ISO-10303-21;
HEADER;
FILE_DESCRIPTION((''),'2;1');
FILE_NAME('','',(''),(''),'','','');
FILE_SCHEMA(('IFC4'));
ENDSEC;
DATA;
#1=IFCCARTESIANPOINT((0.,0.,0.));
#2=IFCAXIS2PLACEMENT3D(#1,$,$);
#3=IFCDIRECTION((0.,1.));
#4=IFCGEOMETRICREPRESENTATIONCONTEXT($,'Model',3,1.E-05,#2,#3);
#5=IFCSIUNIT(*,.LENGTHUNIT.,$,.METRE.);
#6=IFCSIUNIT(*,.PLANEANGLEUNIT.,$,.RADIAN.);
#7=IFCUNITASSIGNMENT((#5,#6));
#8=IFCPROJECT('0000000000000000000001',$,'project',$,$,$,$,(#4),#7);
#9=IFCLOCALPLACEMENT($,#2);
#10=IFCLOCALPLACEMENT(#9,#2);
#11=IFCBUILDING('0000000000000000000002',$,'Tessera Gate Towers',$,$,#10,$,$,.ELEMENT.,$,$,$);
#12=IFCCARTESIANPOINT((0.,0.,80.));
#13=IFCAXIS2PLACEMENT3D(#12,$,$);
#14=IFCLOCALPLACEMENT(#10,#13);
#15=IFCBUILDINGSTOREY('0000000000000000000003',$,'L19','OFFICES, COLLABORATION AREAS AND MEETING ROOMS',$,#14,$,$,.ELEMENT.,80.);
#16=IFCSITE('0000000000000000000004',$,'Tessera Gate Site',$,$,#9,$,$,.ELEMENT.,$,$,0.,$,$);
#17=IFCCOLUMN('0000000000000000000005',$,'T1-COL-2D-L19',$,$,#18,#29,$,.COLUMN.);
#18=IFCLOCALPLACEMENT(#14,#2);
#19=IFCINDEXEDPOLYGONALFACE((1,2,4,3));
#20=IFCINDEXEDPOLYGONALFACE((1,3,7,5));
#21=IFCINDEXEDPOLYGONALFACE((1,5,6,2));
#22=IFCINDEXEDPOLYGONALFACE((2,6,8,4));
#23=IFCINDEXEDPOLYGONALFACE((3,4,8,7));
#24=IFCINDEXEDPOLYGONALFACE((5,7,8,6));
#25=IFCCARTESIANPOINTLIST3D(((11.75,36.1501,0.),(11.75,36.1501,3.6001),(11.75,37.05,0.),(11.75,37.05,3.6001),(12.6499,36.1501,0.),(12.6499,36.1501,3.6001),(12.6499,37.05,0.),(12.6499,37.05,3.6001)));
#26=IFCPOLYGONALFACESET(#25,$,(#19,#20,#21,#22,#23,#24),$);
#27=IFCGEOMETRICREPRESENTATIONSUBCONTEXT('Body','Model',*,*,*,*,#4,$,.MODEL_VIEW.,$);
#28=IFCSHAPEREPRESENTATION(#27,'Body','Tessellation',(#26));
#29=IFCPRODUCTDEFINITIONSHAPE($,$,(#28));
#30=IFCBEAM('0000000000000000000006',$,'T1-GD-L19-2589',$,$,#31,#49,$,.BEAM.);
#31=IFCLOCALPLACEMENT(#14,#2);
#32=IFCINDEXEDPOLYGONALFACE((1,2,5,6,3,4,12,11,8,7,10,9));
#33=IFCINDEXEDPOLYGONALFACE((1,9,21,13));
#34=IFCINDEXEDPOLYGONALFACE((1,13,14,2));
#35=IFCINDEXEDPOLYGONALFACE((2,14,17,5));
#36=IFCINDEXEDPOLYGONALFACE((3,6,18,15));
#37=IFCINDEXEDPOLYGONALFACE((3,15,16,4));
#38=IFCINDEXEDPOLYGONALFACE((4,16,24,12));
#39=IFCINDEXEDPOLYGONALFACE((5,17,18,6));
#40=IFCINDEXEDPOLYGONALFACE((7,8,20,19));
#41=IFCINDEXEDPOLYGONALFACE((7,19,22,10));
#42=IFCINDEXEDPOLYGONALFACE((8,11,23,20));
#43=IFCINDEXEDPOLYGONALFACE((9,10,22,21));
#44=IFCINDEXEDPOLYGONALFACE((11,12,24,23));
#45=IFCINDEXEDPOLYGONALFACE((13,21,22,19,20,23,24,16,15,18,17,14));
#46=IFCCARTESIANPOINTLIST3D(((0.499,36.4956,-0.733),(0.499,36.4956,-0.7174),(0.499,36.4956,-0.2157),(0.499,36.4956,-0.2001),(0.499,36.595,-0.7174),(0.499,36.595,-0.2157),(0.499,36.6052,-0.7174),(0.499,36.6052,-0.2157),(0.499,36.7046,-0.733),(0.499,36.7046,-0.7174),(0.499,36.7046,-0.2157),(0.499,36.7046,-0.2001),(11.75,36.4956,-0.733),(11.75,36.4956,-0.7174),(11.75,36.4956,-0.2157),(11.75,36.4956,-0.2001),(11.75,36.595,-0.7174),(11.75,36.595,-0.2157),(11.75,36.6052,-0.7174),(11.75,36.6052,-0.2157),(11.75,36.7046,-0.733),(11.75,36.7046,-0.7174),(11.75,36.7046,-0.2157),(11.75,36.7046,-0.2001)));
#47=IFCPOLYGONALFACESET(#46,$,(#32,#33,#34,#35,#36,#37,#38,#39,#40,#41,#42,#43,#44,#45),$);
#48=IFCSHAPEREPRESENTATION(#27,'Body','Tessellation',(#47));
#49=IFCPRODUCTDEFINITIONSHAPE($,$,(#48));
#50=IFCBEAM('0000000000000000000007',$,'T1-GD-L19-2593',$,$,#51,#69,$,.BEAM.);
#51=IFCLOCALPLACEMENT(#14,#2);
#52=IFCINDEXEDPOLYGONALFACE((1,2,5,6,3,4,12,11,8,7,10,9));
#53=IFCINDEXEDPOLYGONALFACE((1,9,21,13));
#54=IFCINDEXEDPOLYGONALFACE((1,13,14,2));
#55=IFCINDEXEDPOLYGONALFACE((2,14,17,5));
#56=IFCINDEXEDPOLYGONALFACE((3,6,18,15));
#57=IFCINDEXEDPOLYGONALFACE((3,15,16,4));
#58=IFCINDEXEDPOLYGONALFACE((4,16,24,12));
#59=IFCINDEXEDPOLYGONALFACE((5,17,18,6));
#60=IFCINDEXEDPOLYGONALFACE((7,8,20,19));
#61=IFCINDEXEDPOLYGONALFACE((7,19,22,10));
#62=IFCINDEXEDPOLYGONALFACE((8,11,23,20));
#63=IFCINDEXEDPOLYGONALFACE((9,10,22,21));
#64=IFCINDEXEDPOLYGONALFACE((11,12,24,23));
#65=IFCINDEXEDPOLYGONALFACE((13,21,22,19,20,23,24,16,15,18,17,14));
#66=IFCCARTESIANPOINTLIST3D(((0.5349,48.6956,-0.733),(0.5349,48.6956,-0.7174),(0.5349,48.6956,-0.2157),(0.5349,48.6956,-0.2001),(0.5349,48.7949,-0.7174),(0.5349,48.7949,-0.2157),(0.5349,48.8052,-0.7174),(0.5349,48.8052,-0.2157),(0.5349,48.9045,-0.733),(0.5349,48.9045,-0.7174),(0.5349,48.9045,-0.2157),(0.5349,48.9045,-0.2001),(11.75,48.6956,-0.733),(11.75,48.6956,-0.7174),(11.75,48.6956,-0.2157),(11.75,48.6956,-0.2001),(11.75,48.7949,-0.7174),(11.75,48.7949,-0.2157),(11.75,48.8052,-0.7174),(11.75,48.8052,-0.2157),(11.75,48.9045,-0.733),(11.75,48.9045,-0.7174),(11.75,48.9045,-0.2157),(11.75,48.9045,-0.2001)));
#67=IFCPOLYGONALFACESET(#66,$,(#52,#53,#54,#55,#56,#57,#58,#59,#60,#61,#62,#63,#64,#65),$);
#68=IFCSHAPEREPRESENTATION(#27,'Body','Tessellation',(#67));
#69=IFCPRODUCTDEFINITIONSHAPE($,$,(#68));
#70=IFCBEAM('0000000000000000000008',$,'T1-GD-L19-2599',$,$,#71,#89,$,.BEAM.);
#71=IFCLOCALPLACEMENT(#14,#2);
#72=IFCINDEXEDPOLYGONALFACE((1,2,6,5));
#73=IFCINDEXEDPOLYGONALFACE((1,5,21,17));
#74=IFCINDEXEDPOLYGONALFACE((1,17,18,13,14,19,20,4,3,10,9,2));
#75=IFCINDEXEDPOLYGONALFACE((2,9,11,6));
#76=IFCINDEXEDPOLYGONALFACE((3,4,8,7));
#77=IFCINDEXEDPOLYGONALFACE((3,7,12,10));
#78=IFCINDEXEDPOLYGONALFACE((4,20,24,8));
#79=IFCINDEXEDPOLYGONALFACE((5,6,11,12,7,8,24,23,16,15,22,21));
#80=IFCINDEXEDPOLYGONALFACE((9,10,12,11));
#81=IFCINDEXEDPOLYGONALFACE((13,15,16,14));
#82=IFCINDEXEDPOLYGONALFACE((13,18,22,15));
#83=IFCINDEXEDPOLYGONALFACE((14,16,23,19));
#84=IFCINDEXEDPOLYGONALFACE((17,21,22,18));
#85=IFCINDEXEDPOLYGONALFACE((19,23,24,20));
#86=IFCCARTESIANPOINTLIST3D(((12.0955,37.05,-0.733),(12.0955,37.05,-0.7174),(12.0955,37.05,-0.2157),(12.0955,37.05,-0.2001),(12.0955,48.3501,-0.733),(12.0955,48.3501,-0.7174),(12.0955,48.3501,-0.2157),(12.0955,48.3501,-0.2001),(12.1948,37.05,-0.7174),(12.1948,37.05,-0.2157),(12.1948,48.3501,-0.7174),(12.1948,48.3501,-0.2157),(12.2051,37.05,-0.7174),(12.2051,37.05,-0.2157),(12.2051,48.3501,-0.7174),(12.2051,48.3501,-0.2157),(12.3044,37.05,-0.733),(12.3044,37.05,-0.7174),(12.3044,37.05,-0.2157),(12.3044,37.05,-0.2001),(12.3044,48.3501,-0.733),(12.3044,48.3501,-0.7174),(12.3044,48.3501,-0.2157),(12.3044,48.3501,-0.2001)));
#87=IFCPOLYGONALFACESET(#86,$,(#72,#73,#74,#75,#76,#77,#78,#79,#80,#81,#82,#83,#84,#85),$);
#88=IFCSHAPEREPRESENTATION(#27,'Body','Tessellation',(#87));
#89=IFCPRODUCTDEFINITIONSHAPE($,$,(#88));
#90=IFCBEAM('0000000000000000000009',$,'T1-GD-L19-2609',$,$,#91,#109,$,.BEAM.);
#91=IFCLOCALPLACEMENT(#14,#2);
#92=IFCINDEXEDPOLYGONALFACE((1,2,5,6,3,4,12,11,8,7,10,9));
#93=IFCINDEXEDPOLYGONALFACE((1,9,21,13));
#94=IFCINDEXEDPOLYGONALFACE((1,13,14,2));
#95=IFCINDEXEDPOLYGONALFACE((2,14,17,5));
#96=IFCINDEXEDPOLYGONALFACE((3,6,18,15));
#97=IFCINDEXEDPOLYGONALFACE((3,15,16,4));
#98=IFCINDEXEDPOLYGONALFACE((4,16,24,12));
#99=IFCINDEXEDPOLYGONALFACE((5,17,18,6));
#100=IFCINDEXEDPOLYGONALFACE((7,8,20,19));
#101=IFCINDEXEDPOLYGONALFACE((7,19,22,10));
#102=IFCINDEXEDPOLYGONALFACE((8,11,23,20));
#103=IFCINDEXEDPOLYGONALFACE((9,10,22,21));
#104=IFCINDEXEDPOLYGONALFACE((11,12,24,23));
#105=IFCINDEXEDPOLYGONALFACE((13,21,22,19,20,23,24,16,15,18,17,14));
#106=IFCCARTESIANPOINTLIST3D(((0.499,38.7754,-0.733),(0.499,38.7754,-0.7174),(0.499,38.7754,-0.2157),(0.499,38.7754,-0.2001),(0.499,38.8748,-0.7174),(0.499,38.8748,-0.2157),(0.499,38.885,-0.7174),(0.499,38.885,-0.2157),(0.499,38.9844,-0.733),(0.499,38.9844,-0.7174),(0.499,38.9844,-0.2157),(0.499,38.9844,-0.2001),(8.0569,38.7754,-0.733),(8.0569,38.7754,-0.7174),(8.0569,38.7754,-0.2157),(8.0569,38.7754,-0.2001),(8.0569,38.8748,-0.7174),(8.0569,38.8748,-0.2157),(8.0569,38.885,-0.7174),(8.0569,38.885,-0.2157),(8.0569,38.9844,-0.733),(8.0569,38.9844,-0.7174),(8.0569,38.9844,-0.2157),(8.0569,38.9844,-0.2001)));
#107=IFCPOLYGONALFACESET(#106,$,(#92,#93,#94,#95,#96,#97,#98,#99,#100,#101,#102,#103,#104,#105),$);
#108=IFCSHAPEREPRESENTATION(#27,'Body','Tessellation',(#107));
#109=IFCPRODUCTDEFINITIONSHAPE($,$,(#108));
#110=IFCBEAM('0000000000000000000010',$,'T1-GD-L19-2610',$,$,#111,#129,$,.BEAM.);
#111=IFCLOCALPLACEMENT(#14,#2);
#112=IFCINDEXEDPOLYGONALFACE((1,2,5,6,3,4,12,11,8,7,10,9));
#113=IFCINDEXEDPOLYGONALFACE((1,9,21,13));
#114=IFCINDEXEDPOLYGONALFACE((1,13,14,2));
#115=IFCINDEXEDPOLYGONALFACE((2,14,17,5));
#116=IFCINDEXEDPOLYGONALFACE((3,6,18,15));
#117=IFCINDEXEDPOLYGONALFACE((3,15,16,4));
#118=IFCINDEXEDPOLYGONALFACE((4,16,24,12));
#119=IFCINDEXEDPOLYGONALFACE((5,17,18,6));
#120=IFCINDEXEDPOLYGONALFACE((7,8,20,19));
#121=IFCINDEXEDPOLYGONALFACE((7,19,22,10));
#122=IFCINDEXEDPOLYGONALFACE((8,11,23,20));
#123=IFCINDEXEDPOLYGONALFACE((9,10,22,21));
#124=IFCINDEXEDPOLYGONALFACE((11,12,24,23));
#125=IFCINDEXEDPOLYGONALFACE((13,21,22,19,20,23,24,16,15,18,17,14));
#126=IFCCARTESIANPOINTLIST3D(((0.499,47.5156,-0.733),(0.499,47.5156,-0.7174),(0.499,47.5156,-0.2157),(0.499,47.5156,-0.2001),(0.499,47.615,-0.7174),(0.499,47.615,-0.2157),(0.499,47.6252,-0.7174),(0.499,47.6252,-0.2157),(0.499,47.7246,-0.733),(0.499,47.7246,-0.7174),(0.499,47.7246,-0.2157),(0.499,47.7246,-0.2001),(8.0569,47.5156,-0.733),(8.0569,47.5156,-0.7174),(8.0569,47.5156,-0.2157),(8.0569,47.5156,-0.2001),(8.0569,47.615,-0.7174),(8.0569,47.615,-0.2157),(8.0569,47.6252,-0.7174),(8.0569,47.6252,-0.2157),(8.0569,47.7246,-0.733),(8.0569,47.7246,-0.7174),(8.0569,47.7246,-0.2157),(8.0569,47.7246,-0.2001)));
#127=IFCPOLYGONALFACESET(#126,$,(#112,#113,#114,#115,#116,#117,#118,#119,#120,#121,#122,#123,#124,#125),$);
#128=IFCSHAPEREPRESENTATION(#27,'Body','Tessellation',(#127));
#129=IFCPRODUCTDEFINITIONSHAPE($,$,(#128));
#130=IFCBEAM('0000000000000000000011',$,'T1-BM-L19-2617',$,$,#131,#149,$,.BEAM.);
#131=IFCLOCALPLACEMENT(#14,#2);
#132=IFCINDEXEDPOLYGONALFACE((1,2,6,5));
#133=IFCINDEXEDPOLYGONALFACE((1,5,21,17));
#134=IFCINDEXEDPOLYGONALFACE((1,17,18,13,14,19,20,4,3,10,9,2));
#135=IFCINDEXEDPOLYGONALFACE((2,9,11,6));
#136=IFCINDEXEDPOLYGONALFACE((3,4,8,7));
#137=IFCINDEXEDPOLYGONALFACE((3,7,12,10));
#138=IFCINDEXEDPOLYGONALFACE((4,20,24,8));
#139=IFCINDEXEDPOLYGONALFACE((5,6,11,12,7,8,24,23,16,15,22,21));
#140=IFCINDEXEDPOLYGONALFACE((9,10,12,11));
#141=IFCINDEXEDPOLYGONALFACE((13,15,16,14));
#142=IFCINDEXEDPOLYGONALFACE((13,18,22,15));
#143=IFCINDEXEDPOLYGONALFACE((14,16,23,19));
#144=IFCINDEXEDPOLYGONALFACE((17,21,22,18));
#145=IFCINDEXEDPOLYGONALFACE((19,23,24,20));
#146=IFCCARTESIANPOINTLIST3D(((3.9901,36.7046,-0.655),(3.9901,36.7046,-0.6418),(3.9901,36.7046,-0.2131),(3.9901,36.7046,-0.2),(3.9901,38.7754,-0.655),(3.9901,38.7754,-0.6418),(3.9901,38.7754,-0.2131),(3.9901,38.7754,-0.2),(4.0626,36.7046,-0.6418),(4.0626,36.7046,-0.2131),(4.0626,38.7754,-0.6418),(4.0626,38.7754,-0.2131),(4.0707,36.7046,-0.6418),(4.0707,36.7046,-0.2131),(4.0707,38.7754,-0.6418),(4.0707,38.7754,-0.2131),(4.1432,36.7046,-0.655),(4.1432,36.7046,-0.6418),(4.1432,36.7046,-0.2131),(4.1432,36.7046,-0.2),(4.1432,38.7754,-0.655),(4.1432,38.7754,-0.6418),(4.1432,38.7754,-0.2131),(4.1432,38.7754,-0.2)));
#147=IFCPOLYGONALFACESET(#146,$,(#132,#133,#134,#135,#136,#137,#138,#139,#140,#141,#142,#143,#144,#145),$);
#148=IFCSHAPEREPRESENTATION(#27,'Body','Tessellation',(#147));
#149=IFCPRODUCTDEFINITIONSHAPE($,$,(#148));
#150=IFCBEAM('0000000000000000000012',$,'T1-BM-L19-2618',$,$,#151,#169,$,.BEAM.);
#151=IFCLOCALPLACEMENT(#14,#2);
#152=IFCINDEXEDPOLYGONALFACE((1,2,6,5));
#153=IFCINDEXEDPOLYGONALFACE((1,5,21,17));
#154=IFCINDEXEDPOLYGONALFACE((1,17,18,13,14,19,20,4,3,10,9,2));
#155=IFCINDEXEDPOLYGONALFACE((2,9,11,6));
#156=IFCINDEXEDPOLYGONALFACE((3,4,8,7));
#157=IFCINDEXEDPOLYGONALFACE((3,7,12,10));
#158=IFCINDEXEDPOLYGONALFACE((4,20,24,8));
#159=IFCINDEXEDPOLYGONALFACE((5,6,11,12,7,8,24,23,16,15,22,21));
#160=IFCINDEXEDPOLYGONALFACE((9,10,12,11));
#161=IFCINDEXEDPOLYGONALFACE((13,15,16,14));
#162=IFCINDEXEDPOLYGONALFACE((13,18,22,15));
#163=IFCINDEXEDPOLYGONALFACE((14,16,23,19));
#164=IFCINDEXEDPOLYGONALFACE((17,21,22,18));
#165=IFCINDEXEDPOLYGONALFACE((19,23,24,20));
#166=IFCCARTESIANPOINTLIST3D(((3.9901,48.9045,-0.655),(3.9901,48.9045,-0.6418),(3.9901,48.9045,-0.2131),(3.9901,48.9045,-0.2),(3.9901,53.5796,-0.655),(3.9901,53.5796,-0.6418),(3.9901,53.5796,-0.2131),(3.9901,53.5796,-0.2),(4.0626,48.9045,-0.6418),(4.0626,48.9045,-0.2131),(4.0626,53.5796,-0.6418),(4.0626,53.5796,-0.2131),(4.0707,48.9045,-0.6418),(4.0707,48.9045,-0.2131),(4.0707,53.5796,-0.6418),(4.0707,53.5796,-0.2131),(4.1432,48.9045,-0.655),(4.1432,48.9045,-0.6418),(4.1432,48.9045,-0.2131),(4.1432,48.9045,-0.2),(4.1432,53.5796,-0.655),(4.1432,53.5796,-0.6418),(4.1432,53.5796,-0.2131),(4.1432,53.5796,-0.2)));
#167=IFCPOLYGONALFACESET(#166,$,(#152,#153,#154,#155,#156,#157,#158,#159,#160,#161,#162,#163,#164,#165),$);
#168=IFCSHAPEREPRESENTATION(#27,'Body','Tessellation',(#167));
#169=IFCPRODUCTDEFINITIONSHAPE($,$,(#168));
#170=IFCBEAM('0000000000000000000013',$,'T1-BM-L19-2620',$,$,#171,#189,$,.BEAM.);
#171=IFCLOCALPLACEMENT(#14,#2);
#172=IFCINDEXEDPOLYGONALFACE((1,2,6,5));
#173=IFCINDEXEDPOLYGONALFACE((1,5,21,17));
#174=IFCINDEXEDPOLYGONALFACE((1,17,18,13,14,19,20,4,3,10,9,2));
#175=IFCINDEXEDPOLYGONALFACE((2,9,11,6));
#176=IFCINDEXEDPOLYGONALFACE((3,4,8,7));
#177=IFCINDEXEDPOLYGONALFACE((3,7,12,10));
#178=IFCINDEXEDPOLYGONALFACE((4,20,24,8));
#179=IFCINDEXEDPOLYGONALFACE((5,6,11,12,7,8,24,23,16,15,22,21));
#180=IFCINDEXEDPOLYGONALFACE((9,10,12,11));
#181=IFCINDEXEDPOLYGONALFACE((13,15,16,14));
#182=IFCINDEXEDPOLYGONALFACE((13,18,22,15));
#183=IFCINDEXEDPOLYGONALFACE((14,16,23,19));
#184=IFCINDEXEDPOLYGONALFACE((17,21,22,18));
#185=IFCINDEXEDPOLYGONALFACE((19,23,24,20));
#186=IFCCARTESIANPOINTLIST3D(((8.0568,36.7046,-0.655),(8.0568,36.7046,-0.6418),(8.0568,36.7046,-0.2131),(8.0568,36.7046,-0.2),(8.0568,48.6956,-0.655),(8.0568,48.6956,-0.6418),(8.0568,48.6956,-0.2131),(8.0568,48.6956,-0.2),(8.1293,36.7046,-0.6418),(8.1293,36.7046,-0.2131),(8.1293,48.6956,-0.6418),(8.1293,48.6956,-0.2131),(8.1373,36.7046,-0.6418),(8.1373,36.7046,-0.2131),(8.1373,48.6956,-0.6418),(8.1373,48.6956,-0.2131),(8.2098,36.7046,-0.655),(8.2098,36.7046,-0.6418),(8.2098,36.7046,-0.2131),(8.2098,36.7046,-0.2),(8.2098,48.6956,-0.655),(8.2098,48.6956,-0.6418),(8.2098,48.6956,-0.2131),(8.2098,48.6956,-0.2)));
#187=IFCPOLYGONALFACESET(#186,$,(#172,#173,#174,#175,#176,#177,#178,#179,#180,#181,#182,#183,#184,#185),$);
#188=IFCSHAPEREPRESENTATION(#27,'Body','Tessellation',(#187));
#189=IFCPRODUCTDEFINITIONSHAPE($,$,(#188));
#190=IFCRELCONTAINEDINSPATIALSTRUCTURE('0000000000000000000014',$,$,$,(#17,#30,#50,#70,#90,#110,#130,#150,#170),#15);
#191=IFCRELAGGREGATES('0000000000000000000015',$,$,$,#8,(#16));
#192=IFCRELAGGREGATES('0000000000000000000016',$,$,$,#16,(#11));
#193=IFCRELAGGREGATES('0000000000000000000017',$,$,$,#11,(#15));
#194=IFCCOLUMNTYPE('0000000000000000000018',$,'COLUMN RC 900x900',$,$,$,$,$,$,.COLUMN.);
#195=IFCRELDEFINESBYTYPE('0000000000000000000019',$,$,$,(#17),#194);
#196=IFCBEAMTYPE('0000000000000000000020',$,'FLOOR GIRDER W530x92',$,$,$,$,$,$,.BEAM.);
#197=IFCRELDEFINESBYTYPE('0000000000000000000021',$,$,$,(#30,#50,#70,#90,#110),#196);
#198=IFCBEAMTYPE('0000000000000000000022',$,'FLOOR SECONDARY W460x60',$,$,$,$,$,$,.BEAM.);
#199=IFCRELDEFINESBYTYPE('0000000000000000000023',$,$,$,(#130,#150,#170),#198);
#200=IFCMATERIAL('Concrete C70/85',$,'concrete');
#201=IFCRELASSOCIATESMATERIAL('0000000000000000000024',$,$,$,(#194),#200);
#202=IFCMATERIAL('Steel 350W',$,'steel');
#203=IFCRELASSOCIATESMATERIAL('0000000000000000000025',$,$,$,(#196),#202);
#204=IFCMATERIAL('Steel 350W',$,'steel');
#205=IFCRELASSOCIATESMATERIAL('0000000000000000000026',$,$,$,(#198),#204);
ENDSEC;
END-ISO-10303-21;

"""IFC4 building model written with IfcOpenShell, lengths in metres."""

from ifc_helpers import new_model, si_unit, direction, frame, origin, origin_2d, place, context, subcontext, project, spatial, rectangle, i_section, extrude, material, material_profile, profile_set, type_object, element, save


model = new_model("IFC4")

# Units and contexts
model_context = context("Model", 3, precision=1e-05, world=origin(), true_north=direction((0.0, 1.0)))
body_context = subcontext(model_context, "Body", "Model", "MODEL_VIEW")
ifc_project = project(units=[si_unit("LENGTHUNIT", "METRE"), si_unit("PLANEANGLEUNIT", "RADIAN")], contexts=[model_context])

# Site, building, storey
site_placement = place(None, origin())
site = spatial("IfcSite", under=ifc_project, at=site_placement, Name="Tessera Gate Site", CompositionType="ELEMENT", RefElevation=0.0)
building_placement = place(site_placement, origin())
building = spatial("IfcBuilding", under=site, at=building_placement, Name="Tessera Gate Towers", CompositionType="ELEMENT")
storey_placement = place(building_placement, frame((0.0, 0.0, 80.0)))
storey = spatial("IfcBuildingStorey", under=building, at=storey_placement, Name="L19", Description="OFFICES, COLLABORATION AREAS AND MEETING ROOMS", CompositionType="ELEMENT", Elevation=80.0)

# Column
ifc_material_1 = material(Name="Concrete C70/85", Category="concrete")
ifc_material_profile_1 = material_profile(ifc_material_1, rectangle(XDim=0.8999, YDim=0.8999, at=origin_2d()), Name="RC 900x900")
ifc_profile_set_1 = profile_set([ifc_material_profile_1], Name="Concrete C70/85")
column_type = type_object("IfcColumnType", Name="COLUMN RC 900x900", PredefinedType="COLUMN", material=ifc_profile_set_1)
column_placement = place(storey_placement, frame((12.2, 36.6001, 0.0), z_axis=(0.0, 0.0, 1.0), x_axis=(1.0, 0.0, 0.0)))
element("IfcColumn", 1, at=column_placement, inside=storey, type_object=column_type, Name="T1-COL-2D-L19", PredefinedType="COLUMN", context=body_context, shape_type="SweptSolid", body=[
    extrude(rectangle(XDim=0.8999, YDim=0.8999, at=origin_2d()), origin(), (0.0, 0.0, 1.0), 3.6001),
])

# Beams
ifc_material_2 = material(Name="Steel 350W", Category="steel")
ifc_material_profile_2 = material_profile(ifc_material_2, i_section(OverallWidth=0.209, OverallDepth=0.533, WebThickness=0.0103, FlangeThickness=0.0156, at=origin_2d()), Name="W530x92")
ifc_profile_set_2 = profile_set([ifc_material_profile_2], Name="Steel 350W")
beam_type_1 = type_object("IfcBeamType", Name="FLOOR GIRDER W530x92", PredefinedType="BEAM", material=ifc_profile_set_2)
beam_1_placement = place(storey_placement, frame((0.499, 36.6001, -0.4666), z_axis=(1.0, 0.0, 0.0), x_axis=(0.0, 1.0, 0.0)))
element("IfcBeam", 2, at=beam_1_placement, inside=storey, type_object=beam_type_1, Name="T1-GD-L19-2589", PredefinedType="BEAM", context=body_context, shape_type="SweptSolid", body=[
    extrude(i_section(OverallWidth=0.209, OverallDepth=0.533, WebThickness=0.0103, FlangeThickness=0.0156, at=origin_2d()), origin(), (0.0, 0.0, 1.0), 11.251),
])
beam_2_placement = place(storey_placement, frame((0.5349, 48.8, -0.4666), z_axis=(1.0, 0.0, 0.0), x_axis=(0.0, 1.0, 0.0)))
element("IfcBeam", 3, at=beam_2_placement, inside=storey, type_object=beam_type_1, Name="T1-GD-L19-2593", PredefinedType="BEAM", context=body_context, shape_type="SweptSolid", body=[
    extrude(i_section(OverallWidth=0.209, OverallDepth=0.533, WebThickness=0.0103, FlangeThickness=0.0156, at=origin_2d()), origin(), (0.0, 0.0, 1.0), 11.2151),
])
beam_3_placement = place(storey_placement, frame((12.2, 37.05, -0.4666), z_axis=(0.0, 1.0, 0.0), x_axis=(-1.0, 0.0, 0.0)))
element("IfcBeam", 4, at=beam_3_placement, inside=storey, type_object=beam_type_1, Name="T1-GD-L19-2599", PredefinedType="BEAM", context=body_context, shape_type="SweptSolid", body=[
    extrude(i_section(OverallWidth=0.209, OverallDepth=0.533, WebThickness=0.0103, FlangeThickness=0.0156, at=origin_2d()), origin(), (0.0, 0.0, 1.0), 11.3),
])
for number, where, z_axis, x_axis, name in (
    (5, (0.499, 38.8799, -0.4666), (1.0, 0.0, 0.0), (0.0, 1.0, 0.0), "T1-GD-L19-2609"),
    (6, (0.499, 47.6201, -0.4666), (1.0, 0.0, 0.0), (0.0, 1.0, 0.0), "T1-GD-L19-2610"),
):
    element("IfcBeam", number, at=place(storey_placement, frame(where, z_axis=z_axis, x_axis=x_axis)), inside=storey, type_object=beam_type_1, Name=name, PredefinedType="BEAM", context=body_context, shape_type="SweptSolid", body=[
        extrude(i_section(OverallWidth=0.209, OverallDepth=0.533, WebThickness=0.0103, FlangeThickness=0.0156, at=origin_2d()), origin(), (0.0, 0.0, 1.0), 7.5579),
    ])
ifc_material_3 = material(Name="Steel 350W", Category="steel")
ifc_material_profile_3 = material_profile(ifc_material_3, i_section(OverallWidth=0.1531, OverallDepth=0.4551, WebThickness=0.0081, FlangeThickness=0.0132, at=origin_2d()), Name="W460x60")
ifc_profile_set_3 = profile_set([ifc_material_profile_3], Name="Steel 350W")
beam_type_2 = type_object("IfcBeamType", Name="FLOOR SECONDARY W460x60", PredefinedType="BEAM", material=ifc_profile_set_3)
beam_4_placement = place(storey_placement, frame((4.0667, 36.7046, -0.4275), z_axis=(0.0, 1.0, 0.0), x_axis=(-1.0, 0.0, 0.0)))
element("IfcBeam", 7, at=beam_4_placement, inside=storey, type_object=beam_type_2, Name="T1-BM-L19-2617", PredefinedType="BEAM", context=body_context, shape_type="SweptSolid", body=[
    extrude(i_section(OverallWidth=0.1531, OverallDepth=0.4551, WebThickness=0.0081, FlangeThickness=0.0132, at=origin_2d()), origin(), (0.0, 0.0, 1.0), 2.0708),
])
beam_5_placement = place(storey_placement, frame((4.0667, 48.9045, -0.4275), z_axis=(0.0, 1.0, 0.0), x_axis=(-1.0, 0.0, 0.0)))
element("IfcBeam", 8, at=beam_5_placement, inside=storey, type_object=beam_type_2, Name="T1-BM-L19-2618", PredefinedType="BEAM", context=body_context, shape_type="SweptSolid", body=[
    extrude(i_section(OverallWidth=0.1531, OverallDepth=0.4551, WebThickness=0.0081, FlangeThickness=0.0132, at=origin_2d()), origin(), (0.0, 0.0, 1.0), 4.675),
])
beam_6_placement = place(storey_placement, frame((8.1333, 36.7046, -0.4275), z_axis=(0.0, 1.0, 0.0), x_axis=(-1.0, 0.0, 0.0)))
element("IfcBeam", 9, at=beam_6_placement, inside=storey, type_object=beam_type_2, Name="T1-BM-L19-2620", PredefinedType="BEAM", context=body_context, shape_type="SweptSolid", body=[
    extrude(i_section(OverallWidth=0.1531, OverallDepth=0.4551, WebThickness=0.0081, FlangeThickness=0.0132, at=origin_2d()), origin(), (0.0, 0.0, 1.0), 11.991),
])

save(model, "model.ifc")
